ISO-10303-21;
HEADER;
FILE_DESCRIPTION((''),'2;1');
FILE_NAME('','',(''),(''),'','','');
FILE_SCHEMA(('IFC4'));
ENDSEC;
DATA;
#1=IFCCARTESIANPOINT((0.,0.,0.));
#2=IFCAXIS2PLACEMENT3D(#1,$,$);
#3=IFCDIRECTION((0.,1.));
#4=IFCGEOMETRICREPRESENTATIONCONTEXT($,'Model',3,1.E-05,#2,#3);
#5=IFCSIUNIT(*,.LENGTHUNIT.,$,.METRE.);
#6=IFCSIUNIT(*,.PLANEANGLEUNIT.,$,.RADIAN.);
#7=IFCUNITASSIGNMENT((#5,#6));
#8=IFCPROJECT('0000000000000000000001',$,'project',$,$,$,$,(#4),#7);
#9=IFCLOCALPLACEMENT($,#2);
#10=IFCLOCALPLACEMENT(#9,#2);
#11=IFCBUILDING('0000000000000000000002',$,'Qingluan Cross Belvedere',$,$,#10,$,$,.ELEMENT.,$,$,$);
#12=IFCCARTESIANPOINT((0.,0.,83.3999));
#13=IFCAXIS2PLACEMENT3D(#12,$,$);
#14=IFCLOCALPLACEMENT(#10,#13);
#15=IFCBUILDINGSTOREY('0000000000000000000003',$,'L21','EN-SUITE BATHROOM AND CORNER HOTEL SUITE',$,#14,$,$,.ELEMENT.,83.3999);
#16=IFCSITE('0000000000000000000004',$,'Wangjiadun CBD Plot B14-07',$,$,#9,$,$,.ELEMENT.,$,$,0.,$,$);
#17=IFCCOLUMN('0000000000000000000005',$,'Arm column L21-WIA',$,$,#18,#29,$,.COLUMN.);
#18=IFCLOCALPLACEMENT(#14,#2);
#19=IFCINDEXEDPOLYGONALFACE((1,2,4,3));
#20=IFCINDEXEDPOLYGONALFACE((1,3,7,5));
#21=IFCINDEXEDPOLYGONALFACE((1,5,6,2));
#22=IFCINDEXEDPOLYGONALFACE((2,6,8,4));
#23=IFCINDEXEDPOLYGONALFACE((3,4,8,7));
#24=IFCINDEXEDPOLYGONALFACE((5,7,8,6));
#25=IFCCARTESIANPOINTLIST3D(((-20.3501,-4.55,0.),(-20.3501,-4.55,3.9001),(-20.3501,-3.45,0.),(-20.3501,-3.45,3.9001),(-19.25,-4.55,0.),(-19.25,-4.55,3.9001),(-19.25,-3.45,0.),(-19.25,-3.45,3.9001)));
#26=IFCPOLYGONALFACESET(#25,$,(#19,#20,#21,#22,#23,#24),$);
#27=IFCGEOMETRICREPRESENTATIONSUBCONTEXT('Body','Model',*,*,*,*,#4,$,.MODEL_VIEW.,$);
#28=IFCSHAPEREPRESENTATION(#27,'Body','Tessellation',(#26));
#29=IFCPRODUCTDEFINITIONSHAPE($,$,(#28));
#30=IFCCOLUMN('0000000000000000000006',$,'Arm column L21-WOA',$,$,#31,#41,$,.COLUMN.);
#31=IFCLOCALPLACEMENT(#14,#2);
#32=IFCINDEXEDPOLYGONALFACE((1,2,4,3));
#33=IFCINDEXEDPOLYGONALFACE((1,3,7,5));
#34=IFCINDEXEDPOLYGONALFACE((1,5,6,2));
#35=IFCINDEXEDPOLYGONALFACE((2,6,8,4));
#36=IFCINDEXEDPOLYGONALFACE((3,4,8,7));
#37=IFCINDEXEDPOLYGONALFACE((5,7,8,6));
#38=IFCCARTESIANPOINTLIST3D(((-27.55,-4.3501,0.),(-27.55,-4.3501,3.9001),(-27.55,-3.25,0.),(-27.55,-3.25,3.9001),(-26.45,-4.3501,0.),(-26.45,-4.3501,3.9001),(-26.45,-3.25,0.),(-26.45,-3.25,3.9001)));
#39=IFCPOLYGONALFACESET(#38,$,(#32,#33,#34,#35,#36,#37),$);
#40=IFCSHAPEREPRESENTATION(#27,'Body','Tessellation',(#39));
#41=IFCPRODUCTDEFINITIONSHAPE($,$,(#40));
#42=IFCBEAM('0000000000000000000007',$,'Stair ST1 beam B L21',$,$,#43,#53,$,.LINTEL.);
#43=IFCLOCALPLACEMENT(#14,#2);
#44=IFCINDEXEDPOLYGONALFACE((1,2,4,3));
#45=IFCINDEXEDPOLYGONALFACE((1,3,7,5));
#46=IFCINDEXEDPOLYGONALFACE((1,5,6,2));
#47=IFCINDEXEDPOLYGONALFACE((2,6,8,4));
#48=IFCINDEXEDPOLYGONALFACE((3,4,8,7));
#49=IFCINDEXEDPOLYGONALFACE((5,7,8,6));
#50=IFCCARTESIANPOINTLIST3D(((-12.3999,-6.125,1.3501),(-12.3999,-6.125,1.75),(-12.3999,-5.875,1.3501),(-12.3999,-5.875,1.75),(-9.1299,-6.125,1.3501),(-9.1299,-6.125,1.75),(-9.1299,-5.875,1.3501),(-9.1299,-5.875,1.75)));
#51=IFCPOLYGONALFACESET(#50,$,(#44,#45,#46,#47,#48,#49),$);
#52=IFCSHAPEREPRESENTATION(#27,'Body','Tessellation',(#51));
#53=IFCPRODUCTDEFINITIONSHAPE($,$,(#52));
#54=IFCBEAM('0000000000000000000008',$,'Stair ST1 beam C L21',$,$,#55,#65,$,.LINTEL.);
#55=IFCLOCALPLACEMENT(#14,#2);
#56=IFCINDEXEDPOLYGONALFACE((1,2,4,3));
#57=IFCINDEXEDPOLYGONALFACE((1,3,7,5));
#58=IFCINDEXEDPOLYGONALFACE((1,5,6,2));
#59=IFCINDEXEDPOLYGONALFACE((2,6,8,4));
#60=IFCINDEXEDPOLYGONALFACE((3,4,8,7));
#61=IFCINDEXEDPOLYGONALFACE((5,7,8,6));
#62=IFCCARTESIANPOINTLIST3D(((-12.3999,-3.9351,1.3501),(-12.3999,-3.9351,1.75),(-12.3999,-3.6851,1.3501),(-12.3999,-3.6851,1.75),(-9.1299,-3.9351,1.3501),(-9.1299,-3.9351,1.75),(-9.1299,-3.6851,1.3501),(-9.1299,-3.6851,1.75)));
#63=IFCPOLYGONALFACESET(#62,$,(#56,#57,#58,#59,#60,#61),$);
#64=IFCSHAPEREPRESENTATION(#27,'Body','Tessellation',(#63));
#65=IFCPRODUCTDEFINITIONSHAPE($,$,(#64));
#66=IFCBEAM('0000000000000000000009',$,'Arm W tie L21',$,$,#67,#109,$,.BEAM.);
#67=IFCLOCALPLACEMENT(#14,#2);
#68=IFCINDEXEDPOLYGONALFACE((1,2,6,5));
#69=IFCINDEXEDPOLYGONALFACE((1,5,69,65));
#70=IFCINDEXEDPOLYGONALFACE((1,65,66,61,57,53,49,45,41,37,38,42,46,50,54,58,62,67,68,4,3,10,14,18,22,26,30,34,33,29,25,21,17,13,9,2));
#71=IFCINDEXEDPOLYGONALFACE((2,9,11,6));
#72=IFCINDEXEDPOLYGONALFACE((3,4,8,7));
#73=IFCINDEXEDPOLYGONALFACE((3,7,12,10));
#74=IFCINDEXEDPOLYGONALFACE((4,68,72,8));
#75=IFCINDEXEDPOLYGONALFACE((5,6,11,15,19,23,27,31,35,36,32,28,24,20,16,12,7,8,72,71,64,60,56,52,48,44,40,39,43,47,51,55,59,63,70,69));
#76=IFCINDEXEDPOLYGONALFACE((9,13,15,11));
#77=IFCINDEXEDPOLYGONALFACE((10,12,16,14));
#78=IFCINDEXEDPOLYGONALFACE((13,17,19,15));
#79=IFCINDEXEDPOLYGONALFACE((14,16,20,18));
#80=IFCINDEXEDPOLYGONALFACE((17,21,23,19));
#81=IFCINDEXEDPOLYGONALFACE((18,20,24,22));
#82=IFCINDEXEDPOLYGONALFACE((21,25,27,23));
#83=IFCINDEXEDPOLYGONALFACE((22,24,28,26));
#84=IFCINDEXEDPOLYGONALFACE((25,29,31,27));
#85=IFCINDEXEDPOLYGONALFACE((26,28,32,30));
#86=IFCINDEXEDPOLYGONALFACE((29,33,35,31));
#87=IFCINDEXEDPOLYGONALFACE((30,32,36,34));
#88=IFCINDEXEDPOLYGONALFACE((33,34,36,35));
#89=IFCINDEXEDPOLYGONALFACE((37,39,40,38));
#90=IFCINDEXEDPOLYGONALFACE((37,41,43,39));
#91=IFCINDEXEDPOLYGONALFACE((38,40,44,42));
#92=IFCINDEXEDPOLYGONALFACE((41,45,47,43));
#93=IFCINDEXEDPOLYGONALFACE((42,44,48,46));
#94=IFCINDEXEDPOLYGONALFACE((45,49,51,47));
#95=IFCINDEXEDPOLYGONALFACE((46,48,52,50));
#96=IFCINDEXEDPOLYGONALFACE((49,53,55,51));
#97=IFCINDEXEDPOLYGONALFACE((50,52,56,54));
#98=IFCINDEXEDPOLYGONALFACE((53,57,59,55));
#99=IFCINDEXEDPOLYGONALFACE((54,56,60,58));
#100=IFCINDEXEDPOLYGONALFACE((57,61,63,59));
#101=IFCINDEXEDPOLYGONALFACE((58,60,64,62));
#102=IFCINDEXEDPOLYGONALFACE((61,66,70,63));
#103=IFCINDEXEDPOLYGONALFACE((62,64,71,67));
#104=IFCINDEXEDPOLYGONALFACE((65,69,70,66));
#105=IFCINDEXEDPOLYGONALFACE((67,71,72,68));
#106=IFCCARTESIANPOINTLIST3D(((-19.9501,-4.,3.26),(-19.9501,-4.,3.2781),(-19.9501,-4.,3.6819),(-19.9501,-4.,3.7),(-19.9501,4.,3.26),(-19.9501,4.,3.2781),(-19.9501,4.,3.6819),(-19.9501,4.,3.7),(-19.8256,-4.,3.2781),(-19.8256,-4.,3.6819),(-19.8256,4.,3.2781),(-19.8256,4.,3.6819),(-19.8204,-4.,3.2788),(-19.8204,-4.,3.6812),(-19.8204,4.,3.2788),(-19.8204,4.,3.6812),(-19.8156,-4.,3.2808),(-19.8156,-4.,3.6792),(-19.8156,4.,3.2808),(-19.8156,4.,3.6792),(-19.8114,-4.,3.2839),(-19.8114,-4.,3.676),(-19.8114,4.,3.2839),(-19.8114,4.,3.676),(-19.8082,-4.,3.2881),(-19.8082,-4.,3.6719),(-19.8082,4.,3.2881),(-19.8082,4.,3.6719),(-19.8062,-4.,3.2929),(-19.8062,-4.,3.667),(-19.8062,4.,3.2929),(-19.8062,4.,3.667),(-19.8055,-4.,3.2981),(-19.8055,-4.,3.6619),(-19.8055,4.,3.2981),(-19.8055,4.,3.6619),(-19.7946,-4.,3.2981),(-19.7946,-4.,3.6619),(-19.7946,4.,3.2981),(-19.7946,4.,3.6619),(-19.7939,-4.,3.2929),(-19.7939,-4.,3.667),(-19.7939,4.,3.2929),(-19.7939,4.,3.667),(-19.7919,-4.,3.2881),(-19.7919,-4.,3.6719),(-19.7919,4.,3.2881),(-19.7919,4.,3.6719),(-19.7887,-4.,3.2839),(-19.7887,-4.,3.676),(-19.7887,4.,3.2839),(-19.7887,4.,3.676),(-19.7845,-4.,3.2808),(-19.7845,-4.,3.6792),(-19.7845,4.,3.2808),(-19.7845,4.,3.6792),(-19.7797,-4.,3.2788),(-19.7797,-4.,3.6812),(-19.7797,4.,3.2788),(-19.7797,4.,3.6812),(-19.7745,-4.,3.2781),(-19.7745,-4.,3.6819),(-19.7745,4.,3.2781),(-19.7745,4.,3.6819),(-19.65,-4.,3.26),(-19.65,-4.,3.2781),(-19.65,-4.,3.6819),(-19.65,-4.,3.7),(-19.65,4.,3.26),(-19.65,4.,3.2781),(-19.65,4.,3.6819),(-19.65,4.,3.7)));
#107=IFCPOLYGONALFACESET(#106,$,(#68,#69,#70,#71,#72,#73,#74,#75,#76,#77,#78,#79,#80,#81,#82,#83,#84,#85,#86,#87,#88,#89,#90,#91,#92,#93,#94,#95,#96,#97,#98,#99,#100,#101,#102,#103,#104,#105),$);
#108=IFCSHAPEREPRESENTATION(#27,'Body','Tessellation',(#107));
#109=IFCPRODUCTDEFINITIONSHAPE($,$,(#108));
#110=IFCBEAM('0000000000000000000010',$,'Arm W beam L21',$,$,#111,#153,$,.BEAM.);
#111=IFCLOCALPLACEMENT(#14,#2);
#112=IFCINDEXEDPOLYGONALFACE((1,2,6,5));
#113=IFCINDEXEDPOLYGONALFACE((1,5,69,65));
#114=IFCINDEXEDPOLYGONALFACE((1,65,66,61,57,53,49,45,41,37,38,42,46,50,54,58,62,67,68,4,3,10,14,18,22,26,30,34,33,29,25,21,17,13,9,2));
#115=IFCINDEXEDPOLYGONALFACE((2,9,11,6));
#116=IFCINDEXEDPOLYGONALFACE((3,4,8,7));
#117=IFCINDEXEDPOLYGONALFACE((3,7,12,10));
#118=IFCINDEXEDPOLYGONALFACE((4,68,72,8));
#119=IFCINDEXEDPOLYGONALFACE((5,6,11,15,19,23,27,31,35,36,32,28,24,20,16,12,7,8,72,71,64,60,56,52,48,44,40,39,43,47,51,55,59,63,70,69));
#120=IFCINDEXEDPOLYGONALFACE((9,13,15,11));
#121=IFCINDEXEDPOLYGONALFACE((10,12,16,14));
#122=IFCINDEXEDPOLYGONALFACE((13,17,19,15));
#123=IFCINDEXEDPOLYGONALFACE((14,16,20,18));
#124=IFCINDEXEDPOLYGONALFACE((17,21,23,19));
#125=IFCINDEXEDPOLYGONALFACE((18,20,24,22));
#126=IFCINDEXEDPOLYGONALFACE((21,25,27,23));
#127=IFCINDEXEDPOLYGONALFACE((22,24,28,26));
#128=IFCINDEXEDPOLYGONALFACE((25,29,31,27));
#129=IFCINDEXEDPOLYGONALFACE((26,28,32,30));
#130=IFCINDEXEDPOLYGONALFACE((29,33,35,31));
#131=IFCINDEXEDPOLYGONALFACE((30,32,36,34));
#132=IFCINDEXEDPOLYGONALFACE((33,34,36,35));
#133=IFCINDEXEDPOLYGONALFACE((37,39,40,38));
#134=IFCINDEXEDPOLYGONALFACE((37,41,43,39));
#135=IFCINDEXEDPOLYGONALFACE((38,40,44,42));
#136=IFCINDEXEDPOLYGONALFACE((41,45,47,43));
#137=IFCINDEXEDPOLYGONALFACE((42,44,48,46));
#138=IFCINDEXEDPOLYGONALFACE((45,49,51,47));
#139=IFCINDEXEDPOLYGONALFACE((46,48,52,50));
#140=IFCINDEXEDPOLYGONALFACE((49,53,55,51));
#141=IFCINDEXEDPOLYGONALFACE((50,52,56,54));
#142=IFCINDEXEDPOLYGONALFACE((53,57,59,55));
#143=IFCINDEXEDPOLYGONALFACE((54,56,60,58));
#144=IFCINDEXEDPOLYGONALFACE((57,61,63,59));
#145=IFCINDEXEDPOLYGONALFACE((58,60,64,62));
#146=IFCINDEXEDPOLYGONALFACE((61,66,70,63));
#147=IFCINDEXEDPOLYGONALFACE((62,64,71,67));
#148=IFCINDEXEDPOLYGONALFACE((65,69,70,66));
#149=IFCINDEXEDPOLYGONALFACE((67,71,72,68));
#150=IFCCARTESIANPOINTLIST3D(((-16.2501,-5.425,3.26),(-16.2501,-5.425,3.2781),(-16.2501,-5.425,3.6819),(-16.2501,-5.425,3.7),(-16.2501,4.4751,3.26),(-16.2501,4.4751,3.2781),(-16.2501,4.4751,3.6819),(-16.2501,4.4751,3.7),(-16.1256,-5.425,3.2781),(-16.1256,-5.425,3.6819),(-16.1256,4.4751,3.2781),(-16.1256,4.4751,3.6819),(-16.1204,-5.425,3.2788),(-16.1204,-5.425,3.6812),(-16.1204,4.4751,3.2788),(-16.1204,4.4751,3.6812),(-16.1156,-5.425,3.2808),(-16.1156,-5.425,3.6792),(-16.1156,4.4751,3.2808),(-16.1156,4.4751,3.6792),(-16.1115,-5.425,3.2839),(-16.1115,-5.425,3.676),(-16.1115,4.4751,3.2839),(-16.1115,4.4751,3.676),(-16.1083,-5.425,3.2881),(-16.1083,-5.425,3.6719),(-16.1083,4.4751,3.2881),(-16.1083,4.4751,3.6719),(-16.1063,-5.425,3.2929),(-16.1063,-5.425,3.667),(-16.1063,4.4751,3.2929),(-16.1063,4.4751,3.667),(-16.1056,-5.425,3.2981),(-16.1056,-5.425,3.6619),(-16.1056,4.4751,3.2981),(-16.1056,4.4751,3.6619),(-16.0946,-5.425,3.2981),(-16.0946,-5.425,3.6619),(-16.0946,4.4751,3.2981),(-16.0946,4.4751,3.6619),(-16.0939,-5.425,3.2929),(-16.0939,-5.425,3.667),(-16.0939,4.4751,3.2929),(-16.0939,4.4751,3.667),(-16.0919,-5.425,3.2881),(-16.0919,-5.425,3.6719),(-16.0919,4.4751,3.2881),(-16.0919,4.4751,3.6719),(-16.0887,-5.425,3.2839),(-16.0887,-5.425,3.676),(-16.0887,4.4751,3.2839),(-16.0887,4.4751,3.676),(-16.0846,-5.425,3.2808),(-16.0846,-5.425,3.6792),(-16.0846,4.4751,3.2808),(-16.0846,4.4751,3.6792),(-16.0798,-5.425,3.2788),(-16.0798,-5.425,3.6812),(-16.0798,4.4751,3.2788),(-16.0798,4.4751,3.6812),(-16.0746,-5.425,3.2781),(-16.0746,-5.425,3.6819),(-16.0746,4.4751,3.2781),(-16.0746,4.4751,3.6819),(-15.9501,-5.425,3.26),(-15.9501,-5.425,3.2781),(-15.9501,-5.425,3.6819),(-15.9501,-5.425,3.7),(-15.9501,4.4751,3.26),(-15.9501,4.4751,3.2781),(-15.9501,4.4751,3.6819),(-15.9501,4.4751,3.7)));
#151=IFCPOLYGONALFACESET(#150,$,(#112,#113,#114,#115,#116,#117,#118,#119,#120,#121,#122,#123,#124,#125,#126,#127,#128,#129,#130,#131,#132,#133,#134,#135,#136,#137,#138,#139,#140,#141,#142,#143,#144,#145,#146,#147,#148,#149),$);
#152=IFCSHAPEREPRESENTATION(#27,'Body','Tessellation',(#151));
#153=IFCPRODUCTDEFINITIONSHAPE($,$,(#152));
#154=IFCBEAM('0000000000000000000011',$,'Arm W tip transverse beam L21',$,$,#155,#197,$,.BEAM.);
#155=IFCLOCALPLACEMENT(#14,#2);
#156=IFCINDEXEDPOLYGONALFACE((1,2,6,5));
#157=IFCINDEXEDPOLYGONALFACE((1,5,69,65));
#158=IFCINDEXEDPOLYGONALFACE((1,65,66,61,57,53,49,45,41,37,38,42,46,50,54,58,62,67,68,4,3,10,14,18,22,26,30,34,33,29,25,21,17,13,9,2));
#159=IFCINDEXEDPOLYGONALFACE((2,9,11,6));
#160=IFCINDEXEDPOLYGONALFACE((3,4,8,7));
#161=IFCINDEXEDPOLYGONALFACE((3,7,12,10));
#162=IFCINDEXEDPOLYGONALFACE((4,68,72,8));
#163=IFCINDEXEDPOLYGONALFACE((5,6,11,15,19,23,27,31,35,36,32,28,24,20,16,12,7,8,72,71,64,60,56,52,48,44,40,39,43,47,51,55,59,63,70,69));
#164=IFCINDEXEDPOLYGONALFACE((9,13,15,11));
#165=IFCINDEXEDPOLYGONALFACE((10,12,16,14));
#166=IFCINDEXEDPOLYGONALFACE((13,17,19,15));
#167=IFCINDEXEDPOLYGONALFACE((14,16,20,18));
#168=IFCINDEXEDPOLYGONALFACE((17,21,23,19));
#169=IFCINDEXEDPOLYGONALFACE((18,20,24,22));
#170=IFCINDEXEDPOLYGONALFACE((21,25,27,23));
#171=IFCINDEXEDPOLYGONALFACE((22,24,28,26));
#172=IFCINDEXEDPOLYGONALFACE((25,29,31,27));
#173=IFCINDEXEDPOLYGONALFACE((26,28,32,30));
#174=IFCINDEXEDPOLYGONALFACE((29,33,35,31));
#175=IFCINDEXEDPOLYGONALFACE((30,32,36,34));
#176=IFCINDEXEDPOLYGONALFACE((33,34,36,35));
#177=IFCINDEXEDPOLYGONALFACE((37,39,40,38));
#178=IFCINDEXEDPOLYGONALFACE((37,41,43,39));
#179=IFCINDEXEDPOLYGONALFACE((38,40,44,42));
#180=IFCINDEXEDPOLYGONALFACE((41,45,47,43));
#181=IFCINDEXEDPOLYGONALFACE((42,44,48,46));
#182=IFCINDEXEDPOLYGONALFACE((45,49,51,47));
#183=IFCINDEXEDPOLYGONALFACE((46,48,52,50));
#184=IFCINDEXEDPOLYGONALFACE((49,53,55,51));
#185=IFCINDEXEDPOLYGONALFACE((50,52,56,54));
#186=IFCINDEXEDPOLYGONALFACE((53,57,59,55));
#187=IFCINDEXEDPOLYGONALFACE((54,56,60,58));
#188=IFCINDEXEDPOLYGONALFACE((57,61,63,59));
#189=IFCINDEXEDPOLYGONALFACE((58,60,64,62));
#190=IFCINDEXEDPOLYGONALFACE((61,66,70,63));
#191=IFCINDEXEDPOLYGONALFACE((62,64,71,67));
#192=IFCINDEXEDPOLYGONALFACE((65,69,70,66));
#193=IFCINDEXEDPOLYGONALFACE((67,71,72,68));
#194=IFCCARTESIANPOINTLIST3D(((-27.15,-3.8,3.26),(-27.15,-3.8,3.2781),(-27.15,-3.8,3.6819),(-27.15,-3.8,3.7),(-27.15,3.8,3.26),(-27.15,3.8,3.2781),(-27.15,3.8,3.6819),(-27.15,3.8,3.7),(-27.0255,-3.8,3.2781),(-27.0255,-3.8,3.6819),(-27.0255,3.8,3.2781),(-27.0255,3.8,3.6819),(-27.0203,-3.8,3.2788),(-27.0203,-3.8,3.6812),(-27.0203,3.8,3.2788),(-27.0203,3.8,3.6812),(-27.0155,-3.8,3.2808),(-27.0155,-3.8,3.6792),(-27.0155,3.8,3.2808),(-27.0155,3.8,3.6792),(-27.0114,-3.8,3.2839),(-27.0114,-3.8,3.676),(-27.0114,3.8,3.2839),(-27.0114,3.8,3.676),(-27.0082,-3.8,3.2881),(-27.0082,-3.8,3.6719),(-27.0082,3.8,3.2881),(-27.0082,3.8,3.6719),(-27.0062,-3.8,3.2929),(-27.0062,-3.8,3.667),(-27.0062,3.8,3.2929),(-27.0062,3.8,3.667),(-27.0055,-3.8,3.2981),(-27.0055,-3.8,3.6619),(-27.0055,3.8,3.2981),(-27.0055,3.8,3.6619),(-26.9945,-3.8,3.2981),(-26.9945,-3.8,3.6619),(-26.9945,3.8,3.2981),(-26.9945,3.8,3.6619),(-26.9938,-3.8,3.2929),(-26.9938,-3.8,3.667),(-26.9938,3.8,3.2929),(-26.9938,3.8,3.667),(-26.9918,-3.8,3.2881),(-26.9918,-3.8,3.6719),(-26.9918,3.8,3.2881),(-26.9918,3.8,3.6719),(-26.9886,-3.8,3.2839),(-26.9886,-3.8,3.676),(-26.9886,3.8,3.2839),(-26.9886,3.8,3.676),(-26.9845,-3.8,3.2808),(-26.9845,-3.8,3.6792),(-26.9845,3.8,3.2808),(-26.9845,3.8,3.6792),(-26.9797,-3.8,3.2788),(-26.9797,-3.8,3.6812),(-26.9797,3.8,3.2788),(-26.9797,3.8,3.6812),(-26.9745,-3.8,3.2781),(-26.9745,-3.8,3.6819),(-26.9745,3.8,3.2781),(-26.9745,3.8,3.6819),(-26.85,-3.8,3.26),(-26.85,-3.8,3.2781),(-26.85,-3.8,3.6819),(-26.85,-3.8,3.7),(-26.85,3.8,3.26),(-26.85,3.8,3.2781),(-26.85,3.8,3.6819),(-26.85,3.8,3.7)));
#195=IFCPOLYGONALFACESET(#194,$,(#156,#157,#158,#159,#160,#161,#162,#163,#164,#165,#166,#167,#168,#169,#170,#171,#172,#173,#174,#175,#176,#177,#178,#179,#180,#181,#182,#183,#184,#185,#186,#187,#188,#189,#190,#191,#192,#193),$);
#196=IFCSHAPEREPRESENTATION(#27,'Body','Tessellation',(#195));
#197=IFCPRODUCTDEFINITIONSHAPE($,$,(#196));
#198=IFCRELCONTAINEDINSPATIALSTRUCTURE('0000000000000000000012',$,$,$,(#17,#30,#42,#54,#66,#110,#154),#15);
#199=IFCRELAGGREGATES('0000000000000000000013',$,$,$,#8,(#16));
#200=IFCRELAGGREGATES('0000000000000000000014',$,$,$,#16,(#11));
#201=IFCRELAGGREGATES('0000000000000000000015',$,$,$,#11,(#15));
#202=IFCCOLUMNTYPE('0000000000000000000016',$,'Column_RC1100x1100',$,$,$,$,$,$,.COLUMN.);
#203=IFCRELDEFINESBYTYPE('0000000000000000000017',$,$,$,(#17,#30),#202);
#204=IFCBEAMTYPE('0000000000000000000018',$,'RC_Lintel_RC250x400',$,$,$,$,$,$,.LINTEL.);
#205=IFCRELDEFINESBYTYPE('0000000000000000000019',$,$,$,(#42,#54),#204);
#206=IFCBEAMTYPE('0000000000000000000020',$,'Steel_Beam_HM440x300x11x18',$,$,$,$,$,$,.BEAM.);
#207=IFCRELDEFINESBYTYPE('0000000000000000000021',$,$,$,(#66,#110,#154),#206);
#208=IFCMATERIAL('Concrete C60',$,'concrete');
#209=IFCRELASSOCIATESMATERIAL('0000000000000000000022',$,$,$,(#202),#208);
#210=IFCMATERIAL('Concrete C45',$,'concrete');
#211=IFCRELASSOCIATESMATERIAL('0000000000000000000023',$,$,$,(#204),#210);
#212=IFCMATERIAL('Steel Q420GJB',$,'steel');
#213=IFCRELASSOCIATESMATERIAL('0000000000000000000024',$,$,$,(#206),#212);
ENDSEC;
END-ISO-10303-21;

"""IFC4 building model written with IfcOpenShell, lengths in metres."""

from ifc_helpers import new_model, si_unit, direction, frame, origin, origin_2d, place, context, subcontext, project, spatial, rectangle, i_section, extrude, material, material_profile, profile_set, type_object, element, save


model = new_model("IFC4")

# Units and contexts
model_context = context("Model", 3, precision=1e-05, world=origin(), true_north=direction((0.0, 1.0)))
body_context = subcontext(model_context, "Body", "Model", "MODEL_VIEW")
ifc_project = project(units=[si_unit("LENGTHUNIT", "METRE"), si_unit("PLANEANGLEUNIT", "RADIAN")], contexts=[model_context])

# Site, building, storey
site_placement = place(None, origin())
site = spatial("IfcSite", under=ifc_project, at=site_placement, Name="Wangjiadun CBD Plot B14-07", CompositionType="ELEMENT", RefElevation=0.0)
building_placement = place(site_placement, origin())
building = spatial("IfcBuilding", under=site, at=building_placement, Name="Qingluan Cross Belvedere", CompositionType="ELEMENT")
storey_placement = place(building_placement, frame((0.0, 0.0, 83.3999)))
storey = spatial("IfcBuildingStorey", under=building, at=storey_placement, Name="L21", Description="EN-SUITE BATHROOM AND CORNER HOTEL SUITE", CompositionType="ELEMENT", Elevation=83.3999)

# Columns
ifc_material_1 = material(Name="Concrete C60", Category="concrete")
ifc_material_profile_1 = material_profile(ifc_material_1, rectangle(XDim=1.1001, YDim=1.1001, at=origin_2d()), Name="RC1100x1100")
ifc_profile_set_1 = profile_set([ifc_material_profile_1], Name="Concrete C60")
column_type = type_object("IfcColumnType", Name="Column_RC1100x1100", PredefinedType="COLUMN", material=ifc_profile_set_1)
for number, where, z_axis, x_axis, name in (
    (1, (-19.8, -4.0, 0.0), (0.0, 0.0, 1.0), (1.0, 0.0, 0.0), "Arm column L21-WIA"),
    (2, (-27.0, -3.8, 0.0), (0.0, 0.0, 1.0), (1.0, 0.0, 0.0), "Arm column L21-WOA"),
):
    element("IfcColumn", number, at=place(storey_placement, frame(where, z_axis=z_axis, x_axis=x_axis)), inside=storey, type_object=column_type, Name=name, PredefinedType="COLUMN", context=body_context, shape_type="SweptSolid", body=[
        extrude(rectangle(XDim=1.1001, YDim=1.1001, at=origin_2d()), origin(), (0.0, 0.0, 1.0), 3.9001),
    ])

# Beams
ifc_material_2 = material(Name="Concrete C45", Category="concrete")
ifc_material_profile_2 = material_profile(ifc_material_2, rectangle(XDim=0.25, YDim=0.3999, at=origin_2d()), Name="RC250x400")
ifc_profile_set_2 = profile_set([ifc_material_profile_2], Name="Concrete C45")
beam_type_1 = type_object("IfcBeamType", Name="RC_Lintel_RC250x400", PredefinedType="LINTEL", material=ifc_profile_set_2)
for number, where, z_axis, x_axis, name in (
    (3, (-12.3999, -6.0, 1.55), (1.0, 0.0, 0.0), (0.0, 1.0, 0.0), "Stair ST1 beam B L21"),
    (4, (-12.3999, -3.8101, 1.55), (1.0, 0.0, 0.0), (0.0, 1.0, 0.0), "Stair ST1 beam C L21"),
):
    element("IfcBeam", number, at=place(storey_placement, frame(where, z_axis=z_axis, x_axis=x_axis)), inside=storey, type_object=beam_type_1, Name=name, PredefinedType="LINTEL", context=body_context, shape_type="SweptSolid", body=[
        extrude(rectangle(XDim=0.25, YDim=0.3999, at=origin_2d()), origin(), (0.0, 0.0, 1.0), 3.27),
    ])
ifc_material_3 = material(Name="Steel Q420GJB", Category="steel")
ifc_material_profile_3 = material_profile(ifc_material_3, i_section(OverallWidth=0.3, OverallDepth=0.4399, WebThickness=0.011, FlangeThickness=0.0181, FilletRadius=0.02, at=origin_2d()), Name="HM440x300x11x18")
ifc_profile_set_3 = profile_set([ifc_material_profile_3], Name="Steel Q420GJB")
beam_type_2 = type_object("IfcBeamType", Name="Steel_Beam_HM440x300x11x18", PredefinedType="BEAM", material=ifc_profile_set_3)
beam_1_placement = place(storey_placement, frame((-19.8, -4.0, 3.48), z_axis=(0.0, 1.0, 0.0), x_axis=(-1.0, 0.0, 0.0)))
element("IfcBeam", 5, at=beam_1_placement, inside=storey, type_object=beam_type_2, Name="Arm W tie L21", PredefinedType="BEAM", context=body_context, shape_type="SweptSolid", body=[
    extrude(i_section(OverallWidth=0.3, OverallDepth=0.4399, WebThickness=0.011, FlangeThickness=0.0181, FilletRadius=0.02, at=origin_2d()), origin(), (0.0, 0.0, 1.0), 8.0),
])
beam_2_placement = place(storey_placement, frame((-16.1001, -5.425, 3.48), z_axis=(0.0, 1.0, 0.0), x_axis=(-1.0, 0.0, 0.0)))
element("IfcBeam", 6, at=beam_2_placement, inside=storey, type_object=beam_type_2, Name="Arm W beam L21", PredefinedType="BEAM", context=body_context, shape_type="SweptSolid", body=[
    extrude(i_section(OverallWidth=0.3, OverallDepth=0.4399, WebThickness=0.011, FlangeThickness=0.0181, FilletRadius=0.02, at=origin_2d()), origin(), (0.0, 0.0, 1.0), 9.9001),
])
beam_3_placement = place(storey_placement, frame((-27.0, -3.8, 3.48), z_axis=(0.0, 1.0, 0.0), x_axis=(-1.0, 0.0, 0.0)))
element("IfcBeam", 7, at=beam_3_placement, inside=storey, type_object=beam_type_2, Name="Arm W tip transverse beam L21", PredefinedType="BEAM", context=body_context, shape_type="SweptSolid", body=[
    extrude(i_section(OverallWidth=0.3, OverallDepth=0.4399, WebThickness=0.011, FlangeThickness=0.0181, FilletRadius=0.02, at=origin_2d()), origin(), (0.0, 0.0, 1.0), 7.6001),
])

save(model, "model.ifc")
